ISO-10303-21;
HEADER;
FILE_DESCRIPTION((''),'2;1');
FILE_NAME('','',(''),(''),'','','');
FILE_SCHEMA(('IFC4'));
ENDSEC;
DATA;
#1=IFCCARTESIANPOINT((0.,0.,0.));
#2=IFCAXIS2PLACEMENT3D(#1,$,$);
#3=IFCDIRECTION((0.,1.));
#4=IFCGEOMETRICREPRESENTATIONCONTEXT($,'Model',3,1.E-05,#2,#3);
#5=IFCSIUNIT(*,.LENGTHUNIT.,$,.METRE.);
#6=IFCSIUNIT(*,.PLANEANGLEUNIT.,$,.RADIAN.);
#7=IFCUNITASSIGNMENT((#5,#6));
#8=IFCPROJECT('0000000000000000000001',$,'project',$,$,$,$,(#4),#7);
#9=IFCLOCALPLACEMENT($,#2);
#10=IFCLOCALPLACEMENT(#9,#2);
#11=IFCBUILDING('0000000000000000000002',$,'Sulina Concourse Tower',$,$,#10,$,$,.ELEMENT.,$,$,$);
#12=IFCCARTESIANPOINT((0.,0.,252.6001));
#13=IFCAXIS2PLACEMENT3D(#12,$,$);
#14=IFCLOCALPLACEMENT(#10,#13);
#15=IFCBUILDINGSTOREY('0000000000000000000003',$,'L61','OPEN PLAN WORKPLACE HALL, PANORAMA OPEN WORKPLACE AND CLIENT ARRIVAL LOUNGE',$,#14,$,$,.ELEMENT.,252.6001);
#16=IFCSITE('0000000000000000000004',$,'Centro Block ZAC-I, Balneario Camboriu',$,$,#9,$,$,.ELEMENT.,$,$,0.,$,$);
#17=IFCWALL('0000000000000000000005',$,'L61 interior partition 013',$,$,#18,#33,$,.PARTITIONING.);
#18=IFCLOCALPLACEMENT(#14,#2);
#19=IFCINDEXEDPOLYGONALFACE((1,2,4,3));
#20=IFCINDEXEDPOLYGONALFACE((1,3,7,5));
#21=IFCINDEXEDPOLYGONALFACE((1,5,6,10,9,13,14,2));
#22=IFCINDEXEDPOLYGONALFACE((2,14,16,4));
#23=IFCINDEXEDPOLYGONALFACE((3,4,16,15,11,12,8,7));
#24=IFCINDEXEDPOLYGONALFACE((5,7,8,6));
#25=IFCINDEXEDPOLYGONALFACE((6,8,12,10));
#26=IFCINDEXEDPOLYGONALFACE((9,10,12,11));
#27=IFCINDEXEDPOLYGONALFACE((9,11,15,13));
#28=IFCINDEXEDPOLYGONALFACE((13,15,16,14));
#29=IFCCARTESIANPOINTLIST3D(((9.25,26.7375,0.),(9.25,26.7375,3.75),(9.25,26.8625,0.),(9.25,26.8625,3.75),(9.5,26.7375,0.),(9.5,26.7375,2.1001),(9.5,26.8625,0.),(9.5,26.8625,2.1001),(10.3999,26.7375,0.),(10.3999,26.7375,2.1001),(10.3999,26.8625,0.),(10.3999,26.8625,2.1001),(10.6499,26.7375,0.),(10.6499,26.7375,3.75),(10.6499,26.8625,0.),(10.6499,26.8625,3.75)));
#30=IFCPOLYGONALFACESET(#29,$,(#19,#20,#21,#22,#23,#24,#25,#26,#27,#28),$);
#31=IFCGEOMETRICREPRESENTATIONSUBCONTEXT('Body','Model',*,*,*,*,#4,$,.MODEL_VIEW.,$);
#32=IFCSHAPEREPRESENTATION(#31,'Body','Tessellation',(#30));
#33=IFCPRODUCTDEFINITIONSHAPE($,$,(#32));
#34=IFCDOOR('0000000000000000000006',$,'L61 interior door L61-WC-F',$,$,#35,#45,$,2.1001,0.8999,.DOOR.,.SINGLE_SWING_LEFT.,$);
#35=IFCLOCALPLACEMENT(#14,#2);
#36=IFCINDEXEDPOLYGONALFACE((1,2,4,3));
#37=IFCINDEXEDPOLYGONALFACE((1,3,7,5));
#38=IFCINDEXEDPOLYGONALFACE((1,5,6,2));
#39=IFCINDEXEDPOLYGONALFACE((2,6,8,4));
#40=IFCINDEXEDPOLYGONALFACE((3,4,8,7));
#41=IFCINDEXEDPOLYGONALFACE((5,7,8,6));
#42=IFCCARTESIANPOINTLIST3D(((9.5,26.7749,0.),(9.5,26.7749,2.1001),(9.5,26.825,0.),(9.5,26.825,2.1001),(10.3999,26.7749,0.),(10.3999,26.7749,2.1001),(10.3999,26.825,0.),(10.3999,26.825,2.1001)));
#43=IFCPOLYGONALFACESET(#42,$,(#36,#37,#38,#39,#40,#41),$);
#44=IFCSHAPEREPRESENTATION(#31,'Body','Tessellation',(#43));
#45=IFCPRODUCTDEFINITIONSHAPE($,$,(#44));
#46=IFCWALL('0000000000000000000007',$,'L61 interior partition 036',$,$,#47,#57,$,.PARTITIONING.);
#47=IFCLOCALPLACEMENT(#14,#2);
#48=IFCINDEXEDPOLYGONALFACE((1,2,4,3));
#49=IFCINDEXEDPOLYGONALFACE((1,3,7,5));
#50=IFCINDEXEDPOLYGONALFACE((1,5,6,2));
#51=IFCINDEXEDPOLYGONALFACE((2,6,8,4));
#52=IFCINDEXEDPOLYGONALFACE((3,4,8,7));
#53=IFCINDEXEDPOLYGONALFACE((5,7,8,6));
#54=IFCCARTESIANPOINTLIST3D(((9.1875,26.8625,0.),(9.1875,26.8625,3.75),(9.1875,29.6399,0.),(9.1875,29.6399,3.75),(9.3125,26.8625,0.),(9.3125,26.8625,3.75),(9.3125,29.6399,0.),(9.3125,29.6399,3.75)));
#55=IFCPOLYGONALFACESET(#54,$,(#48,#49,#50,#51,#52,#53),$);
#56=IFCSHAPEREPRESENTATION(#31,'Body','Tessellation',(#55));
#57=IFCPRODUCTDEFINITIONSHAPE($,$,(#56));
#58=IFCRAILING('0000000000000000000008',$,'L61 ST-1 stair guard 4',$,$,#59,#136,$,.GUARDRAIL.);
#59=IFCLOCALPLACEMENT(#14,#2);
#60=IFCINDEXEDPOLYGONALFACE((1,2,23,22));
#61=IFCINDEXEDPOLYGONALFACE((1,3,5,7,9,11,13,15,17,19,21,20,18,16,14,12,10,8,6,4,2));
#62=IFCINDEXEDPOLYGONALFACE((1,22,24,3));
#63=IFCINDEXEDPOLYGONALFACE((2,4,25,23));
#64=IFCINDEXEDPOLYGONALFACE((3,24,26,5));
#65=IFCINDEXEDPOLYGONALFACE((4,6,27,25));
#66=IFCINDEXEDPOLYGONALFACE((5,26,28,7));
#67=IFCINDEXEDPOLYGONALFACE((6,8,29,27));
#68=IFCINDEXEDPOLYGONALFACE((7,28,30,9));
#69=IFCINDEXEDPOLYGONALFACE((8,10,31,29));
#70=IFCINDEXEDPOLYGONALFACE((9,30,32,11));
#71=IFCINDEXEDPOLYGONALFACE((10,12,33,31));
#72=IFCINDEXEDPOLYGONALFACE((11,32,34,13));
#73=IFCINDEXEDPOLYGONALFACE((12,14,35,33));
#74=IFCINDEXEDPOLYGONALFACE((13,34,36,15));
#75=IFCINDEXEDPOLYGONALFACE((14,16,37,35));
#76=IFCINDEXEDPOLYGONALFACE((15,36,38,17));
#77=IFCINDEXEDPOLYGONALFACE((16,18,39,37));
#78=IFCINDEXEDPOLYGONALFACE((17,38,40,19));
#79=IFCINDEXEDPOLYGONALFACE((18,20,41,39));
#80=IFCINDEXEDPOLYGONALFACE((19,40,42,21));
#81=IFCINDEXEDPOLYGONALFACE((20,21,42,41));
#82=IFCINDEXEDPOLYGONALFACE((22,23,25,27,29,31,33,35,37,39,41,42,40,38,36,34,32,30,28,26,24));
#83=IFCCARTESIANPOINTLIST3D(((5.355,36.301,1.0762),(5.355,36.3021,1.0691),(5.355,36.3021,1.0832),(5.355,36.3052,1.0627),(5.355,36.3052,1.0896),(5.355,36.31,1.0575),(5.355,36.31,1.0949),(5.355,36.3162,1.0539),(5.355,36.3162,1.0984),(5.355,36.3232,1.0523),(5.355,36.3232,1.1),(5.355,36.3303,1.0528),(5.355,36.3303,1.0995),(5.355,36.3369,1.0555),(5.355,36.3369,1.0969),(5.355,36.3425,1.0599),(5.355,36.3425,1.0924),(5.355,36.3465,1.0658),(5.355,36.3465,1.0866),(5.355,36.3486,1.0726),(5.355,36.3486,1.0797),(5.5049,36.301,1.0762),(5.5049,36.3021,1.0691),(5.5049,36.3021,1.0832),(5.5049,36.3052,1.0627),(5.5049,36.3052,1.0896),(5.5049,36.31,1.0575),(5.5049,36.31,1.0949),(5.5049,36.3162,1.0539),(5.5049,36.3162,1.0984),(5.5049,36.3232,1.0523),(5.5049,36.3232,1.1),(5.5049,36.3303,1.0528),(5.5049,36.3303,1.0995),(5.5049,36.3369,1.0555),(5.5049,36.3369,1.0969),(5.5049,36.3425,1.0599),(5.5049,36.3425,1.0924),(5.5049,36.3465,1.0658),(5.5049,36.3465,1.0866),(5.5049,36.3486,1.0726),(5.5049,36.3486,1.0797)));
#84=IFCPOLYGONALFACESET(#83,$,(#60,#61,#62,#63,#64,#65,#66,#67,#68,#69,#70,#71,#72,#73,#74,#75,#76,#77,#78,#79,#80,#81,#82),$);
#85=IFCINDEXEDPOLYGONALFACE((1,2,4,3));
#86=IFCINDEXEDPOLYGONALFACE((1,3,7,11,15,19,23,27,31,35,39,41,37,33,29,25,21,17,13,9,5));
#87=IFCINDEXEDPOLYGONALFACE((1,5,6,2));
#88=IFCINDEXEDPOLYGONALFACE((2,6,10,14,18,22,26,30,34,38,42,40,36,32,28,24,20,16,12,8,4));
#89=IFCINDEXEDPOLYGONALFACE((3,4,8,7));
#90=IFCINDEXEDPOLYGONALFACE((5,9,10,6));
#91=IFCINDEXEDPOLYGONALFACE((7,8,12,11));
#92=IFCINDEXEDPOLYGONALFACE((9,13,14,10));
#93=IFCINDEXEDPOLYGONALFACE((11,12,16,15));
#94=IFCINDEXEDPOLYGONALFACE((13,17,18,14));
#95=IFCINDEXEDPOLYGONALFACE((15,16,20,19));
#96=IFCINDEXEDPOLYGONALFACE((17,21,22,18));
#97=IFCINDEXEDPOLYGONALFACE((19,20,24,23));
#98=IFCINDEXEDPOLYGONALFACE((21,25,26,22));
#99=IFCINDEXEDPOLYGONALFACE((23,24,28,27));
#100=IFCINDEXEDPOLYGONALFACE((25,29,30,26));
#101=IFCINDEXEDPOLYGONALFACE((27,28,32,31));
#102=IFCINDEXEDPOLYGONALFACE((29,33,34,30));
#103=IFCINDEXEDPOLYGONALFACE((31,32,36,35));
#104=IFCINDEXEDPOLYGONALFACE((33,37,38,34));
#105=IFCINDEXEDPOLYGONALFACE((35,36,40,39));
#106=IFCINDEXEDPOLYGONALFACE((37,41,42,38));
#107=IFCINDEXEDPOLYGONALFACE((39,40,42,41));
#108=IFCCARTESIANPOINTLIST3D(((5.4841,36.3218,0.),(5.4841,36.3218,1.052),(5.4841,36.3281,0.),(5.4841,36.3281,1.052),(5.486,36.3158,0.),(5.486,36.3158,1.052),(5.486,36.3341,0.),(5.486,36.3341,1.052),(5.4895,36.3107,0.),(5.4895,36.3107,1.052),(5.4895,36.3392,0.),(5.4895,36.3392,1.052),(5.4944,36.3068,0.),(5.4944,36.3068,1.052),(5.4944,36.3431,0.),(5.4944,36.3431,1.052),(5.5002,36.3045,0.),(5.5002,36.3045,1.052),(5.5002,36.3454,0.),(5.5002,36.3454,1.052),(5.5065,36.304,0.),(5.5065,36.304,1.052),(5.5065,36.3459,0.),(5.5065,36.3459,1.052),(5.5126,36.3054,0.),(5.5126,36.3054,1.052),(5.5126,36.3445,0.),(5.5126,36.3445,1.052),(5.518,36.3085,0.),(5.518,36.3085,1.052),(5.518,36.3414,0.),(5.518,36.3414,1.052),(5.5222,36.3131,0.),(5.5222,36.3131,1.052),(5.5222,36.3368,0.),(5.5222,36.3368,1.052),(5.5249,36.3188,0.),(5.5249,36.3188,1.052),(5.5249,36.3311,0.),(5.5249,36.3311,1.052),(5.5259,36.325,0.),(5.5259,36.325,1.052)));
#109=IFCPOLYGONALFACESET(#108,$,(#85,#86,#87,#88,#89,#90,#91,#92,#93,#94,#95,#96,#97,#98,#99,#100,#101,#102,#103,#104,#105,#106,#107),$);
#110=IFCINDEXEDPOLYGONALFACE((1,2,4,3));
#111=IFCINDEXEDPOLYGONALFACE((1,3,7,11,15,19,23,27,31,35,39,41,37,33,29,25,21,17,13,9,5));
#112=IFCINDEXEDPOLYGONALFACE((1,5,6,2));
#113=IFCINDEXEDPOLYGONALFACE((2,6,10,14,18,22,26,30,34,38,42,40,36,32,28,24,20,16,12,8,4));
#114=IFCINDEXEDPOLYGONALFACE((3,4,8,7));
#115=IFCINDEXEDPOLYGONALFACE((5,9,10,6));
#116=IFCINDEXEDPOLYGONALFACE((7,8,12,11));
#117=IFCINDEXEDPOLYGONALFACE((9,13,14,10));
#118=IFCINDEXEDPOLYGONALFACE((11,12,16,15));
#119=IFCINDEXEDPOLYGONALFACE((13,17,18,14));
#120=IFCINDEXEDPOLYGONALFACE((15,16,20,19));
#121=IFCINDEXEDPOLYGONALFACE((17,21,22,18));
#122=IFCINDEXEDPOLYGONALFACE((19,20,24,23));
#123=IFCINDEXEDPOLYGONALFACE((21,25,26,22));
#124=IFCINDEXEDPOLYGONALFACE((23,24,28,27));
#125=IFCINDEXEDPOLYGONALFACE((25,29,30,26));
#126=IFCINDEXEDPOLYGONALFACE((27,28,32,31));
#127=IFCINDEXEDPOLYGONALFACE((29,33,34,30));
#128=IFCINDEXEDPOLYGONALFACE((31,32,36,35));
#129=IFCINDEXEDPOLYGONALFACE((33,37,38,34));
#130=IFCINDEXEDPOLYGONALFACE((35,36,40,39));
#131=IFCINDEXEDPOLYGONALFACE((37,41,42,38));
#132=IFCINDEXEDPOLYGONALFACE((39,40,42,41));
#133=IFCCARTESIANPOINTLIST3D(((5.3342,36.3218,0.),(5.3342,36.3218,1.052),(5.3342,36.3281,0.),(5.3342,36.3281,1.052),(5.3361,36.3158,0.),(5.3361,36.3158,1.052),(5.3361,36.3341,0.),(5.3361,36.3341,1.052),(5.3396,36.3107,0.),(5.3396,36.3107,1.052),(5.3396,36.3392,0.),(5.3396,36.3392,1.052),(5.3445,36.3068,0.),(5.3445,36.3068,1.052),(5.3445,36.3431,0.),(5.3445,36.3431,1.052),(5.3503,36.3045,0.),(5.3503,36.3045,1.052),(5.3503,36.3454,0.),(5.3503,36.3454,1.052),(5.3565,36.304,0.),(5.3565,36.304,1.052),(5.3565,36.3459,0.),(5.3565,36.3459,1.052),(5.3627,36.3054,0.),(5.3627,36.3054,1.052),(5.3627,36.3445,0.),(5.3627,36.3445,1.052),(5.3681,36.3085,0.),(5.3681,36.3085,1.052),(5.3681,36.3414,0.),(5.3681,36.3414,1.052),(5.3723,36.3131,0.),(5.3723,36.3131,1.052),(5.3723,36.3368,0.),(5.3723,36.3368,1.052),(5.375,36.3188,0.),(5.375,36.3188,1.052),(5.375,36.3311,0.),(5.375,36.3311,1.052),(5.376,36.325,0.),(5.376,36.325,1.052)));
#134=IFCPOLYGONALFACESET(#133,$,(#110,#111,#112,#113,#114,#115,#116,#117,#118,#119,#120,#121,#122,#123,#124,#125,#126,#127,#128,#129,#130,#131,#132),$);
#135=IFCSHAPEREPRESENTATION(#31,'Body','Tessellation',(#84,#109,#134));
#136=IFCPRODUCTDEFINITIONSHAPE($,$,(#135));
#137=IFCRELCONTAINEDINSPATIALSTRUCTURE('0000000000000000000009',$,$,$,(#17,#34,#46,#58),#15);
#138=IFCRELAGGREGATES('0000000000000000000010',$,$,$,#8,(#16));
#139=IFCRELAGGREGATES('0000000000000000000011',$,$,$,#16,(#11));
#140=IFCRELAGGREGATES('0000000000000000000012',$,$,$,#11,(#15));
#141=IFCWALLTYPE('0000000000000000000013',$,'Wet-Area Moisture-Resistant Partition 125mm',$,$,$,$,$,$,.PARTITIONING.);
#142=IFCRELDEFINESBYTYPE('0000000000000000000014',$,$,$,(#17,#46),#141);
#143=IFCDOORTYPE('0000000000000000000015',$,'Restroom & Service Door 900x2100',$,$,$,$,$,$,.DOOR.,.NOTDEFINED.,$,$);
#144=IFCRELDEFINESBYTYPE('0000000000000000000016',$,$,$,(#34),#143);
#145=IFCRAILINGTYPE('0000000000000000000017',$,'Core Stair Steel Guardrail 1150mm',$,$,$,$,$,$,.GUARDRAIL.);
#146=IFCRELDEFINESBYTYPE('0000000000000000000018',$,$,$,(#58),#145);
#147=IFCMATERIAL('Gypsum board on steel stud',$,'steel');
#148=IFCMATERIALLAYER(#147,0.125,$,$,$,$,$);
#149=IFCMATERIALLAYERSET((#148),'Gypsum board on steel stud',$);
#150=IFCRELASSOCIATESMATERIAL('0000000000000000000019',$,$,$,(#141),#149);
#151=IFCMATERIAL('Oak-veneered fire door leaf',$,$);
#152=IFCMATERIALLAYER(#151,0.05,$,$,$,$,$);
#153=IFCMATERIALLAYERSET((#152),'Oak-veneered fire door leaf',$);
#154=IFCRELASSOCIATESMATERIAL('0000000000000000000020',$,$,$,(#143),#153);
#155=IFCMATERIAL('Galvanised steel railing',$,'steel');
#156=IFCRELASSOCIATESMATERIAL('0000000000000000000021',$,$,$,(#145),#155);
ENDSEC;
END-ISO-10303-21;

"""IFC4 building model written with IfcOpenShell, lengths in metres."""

from ifc_helpers import new_model, si_unit, direction, frame, frame_2d, origin, origin_2d, place, context, subcontext, project, spatial, rectangle, circle, extrude, material, layer, layer_set, type_object, element, fill, save


model = new_model("IFC4")

# Units and contexts
model_context = context("Model", 3, precision=1e-05, world=origin(), true_north=direction((0.0, 1.0)))
body_context = subcontext(model_context, "Body", "Model", "MODEL_VIEW")
ifc_project = project(units=[si_unit("LENGTHUNIT", "METRE"), si_unit("PLANEANGLEUNIT", "RADIAN")], contexts=[model_context])

# Site, building, storey
site_placement = place(None, origin())
site = spatial("IfcSite", under=ifc_project, at=site_placement, Name="Centro Block ZAC-I, Balneario Camboriu", CompositionType="ELEMENT", RefElevation=0.0)
building_placement = place(site_placement, origin())
building = spatial("IfcBuilding", under=site, at=building_placement, Name="Sulina Concourse Tower", CompositionType="ELEMENT")
storey_placement = place(building_placement, frame((0.0, 0.0, 252.6001)))
storey = spatial("IfcBuildingStorey", under=building, at=storey_placement, Name="L61", Description="OPEN PLAN WORKPLACE HALL, PANORAMA OPEN WORKPLACE AND CLIENT ARRIVAL LOUNGE", CompositionType="ELEMENT", Elevation=252.6001)

# Wall, opening, door
ifc_material_1 = material(Name="Gypsum board on steel stud", Category="steel")
ifc_layer_1 = layer(ifc_material_1, 0.125)
ifc_layer_set_1 = layer_set([ifc_layer_1], Name="Gypsum board on steel stud")
wall_type_1 = type_object("IfcWallType", Name="Wet-Area Moisture-Resistant Partition 125mm", PredefinedType="PARTITIONING", material=ifc_layer_set_1)
ifc_material_2 = material(Name="Oak-veneered fire door leaf")
ifc_layer_2 = layer(ifc_material_2, 0.05)
ifc_layer_set_2 = layer_set([ifc_layer_2], Name="Oak-veneered fire door leaf")
door_type_1 = type_object("IfcDoorType", Name="Restroom & Service Door 900x2100", OperationType="NOTDEFINED", PredefinedType="DOOR", material=ifc_layer_set_2)
wall_1_placement = place(storey_placement, frame((9.25, 26.8, 0.0), z_axis=(0.0, 0.0, 1.0), x_axis=(1.0, 0.0, 0.0)))
wall_1 = element("IfcWall", 1, at=wall_1_placement, inside=storey, type_object=wall_type_1, Name="L61 interior partition 013", PredefinedType="PARTITIONING", context=body_context, shape_type="SweptSolid", body=[
    extrude(rectangle(XDim=1.3999, YDim=0.125, at=frame_2d((0.7, 0.0))), origin(), (0.0, 0.0, 1.0), 3.75),
])
opening_1_placement = place(wall_1_placement, frame((0.25, 0.0, 0.0)))
opening_1 = element("IfcOpeningElement", 2, at=opening_1_placement, cuts=wall_1, PredefinedType="OPENING", context=body_context, shape_type="SweptSolid", body=[
    extrude(rectangle(XDim=0.8999, YDim=2.1001, at=frame_2d((0.45, 1.05))), frame((0.0, 0.0725, 0.0), z_axis=(0.0, -1.0, 0.0), x_axis=(1.0, 0.0, 0.0)), (0.0, 0.0, 1.0), 0.145),
])
door_1_placement = place(opening_1_placement, origin())
door_1 = element("IfcDoor", 3, at=door_1_placement, inside=storey, type_object=door_type_1, Name="L61 interior door L61-WC-F", OperationType="SINGLE_SWING_LEFT", OverallHeight=2.1001, OverallWidth=0.8999, PredefinedType="DOOR", context=body_context, shape_type="SweptSolid", body=[
    extrude(rectangle(XDim=0.8999, YDim=2.1001, at=frame_2d((0.45, 1.05))), frame((0.0, 0.0249, 0.0), z_axis=(0.0, -1.0, 0.0), x_axis=(1.0, 0.0, 0.0)), (0.0, 0.0, 1.0), 0.05),
])
fill(opening_1, door_1)

# Wall
wall_2_placement = place(storey_placement, frame((9.25, 26.8625, 0.0), z_axis=(0.0, 0.0, 1.0), x_axis=(0.0, 1.0, 0.0)))
element("IfcWall", 4, at=wall_2_placement, inside=storey, type_object=wall_type_1, Name="L61 interior partition 036", PredefinedType="PARTITIONING", context=body_context, shape_type="SweptSolid", body=[
    extrude(rectangle(XDim=2.7773, YDim=0.125, at=frame_2d((1.3887, 0.0))), origin(), (0.0, 0.0, 1.0), 3.75),
])

# Railing
ifc_material_3 = material(Name="Galvanised steel railing", Category="steel")
railing_type = type_object("IfcRailingType", Name="Core Stair Steel Guardrail 1150mm", PredefinedType="GUARDRAIL", material=ifc_material_3)
railing_placement = place(storey_placement, frame((5.5049, 36.325, 0.0)))
element("IfcRailing", 5, at=railing_placement, inside=storey, type_object=railing_type, Name="L61 ST-1 stair guard 4", PredefinedType="GUARDRAIL", context=body_context, shape_type="SweptSolid", body=[
    extrude(circle(Radius=0.0239, at=origin_2d()), frame((0.0, 0.0, 1.0762), z_axis=(-1.0, 0.0, 0.0), x_axis=(0.0, -1.0, 0.0)), (0.0, 0.0, 1.0), 0.1499),
    extrude(circle(Radius=0.021, at=origin_2d()), origin(), (0.0, 0.0, 1.0), 1.052),
    extrude(circle(Radius=0.021, at=origin_2d()), frame((-0.1499, 0.0, 0.0)), (0.0, 0.0, 1.0), 1.052),
])

save(model, "model.ifc")
